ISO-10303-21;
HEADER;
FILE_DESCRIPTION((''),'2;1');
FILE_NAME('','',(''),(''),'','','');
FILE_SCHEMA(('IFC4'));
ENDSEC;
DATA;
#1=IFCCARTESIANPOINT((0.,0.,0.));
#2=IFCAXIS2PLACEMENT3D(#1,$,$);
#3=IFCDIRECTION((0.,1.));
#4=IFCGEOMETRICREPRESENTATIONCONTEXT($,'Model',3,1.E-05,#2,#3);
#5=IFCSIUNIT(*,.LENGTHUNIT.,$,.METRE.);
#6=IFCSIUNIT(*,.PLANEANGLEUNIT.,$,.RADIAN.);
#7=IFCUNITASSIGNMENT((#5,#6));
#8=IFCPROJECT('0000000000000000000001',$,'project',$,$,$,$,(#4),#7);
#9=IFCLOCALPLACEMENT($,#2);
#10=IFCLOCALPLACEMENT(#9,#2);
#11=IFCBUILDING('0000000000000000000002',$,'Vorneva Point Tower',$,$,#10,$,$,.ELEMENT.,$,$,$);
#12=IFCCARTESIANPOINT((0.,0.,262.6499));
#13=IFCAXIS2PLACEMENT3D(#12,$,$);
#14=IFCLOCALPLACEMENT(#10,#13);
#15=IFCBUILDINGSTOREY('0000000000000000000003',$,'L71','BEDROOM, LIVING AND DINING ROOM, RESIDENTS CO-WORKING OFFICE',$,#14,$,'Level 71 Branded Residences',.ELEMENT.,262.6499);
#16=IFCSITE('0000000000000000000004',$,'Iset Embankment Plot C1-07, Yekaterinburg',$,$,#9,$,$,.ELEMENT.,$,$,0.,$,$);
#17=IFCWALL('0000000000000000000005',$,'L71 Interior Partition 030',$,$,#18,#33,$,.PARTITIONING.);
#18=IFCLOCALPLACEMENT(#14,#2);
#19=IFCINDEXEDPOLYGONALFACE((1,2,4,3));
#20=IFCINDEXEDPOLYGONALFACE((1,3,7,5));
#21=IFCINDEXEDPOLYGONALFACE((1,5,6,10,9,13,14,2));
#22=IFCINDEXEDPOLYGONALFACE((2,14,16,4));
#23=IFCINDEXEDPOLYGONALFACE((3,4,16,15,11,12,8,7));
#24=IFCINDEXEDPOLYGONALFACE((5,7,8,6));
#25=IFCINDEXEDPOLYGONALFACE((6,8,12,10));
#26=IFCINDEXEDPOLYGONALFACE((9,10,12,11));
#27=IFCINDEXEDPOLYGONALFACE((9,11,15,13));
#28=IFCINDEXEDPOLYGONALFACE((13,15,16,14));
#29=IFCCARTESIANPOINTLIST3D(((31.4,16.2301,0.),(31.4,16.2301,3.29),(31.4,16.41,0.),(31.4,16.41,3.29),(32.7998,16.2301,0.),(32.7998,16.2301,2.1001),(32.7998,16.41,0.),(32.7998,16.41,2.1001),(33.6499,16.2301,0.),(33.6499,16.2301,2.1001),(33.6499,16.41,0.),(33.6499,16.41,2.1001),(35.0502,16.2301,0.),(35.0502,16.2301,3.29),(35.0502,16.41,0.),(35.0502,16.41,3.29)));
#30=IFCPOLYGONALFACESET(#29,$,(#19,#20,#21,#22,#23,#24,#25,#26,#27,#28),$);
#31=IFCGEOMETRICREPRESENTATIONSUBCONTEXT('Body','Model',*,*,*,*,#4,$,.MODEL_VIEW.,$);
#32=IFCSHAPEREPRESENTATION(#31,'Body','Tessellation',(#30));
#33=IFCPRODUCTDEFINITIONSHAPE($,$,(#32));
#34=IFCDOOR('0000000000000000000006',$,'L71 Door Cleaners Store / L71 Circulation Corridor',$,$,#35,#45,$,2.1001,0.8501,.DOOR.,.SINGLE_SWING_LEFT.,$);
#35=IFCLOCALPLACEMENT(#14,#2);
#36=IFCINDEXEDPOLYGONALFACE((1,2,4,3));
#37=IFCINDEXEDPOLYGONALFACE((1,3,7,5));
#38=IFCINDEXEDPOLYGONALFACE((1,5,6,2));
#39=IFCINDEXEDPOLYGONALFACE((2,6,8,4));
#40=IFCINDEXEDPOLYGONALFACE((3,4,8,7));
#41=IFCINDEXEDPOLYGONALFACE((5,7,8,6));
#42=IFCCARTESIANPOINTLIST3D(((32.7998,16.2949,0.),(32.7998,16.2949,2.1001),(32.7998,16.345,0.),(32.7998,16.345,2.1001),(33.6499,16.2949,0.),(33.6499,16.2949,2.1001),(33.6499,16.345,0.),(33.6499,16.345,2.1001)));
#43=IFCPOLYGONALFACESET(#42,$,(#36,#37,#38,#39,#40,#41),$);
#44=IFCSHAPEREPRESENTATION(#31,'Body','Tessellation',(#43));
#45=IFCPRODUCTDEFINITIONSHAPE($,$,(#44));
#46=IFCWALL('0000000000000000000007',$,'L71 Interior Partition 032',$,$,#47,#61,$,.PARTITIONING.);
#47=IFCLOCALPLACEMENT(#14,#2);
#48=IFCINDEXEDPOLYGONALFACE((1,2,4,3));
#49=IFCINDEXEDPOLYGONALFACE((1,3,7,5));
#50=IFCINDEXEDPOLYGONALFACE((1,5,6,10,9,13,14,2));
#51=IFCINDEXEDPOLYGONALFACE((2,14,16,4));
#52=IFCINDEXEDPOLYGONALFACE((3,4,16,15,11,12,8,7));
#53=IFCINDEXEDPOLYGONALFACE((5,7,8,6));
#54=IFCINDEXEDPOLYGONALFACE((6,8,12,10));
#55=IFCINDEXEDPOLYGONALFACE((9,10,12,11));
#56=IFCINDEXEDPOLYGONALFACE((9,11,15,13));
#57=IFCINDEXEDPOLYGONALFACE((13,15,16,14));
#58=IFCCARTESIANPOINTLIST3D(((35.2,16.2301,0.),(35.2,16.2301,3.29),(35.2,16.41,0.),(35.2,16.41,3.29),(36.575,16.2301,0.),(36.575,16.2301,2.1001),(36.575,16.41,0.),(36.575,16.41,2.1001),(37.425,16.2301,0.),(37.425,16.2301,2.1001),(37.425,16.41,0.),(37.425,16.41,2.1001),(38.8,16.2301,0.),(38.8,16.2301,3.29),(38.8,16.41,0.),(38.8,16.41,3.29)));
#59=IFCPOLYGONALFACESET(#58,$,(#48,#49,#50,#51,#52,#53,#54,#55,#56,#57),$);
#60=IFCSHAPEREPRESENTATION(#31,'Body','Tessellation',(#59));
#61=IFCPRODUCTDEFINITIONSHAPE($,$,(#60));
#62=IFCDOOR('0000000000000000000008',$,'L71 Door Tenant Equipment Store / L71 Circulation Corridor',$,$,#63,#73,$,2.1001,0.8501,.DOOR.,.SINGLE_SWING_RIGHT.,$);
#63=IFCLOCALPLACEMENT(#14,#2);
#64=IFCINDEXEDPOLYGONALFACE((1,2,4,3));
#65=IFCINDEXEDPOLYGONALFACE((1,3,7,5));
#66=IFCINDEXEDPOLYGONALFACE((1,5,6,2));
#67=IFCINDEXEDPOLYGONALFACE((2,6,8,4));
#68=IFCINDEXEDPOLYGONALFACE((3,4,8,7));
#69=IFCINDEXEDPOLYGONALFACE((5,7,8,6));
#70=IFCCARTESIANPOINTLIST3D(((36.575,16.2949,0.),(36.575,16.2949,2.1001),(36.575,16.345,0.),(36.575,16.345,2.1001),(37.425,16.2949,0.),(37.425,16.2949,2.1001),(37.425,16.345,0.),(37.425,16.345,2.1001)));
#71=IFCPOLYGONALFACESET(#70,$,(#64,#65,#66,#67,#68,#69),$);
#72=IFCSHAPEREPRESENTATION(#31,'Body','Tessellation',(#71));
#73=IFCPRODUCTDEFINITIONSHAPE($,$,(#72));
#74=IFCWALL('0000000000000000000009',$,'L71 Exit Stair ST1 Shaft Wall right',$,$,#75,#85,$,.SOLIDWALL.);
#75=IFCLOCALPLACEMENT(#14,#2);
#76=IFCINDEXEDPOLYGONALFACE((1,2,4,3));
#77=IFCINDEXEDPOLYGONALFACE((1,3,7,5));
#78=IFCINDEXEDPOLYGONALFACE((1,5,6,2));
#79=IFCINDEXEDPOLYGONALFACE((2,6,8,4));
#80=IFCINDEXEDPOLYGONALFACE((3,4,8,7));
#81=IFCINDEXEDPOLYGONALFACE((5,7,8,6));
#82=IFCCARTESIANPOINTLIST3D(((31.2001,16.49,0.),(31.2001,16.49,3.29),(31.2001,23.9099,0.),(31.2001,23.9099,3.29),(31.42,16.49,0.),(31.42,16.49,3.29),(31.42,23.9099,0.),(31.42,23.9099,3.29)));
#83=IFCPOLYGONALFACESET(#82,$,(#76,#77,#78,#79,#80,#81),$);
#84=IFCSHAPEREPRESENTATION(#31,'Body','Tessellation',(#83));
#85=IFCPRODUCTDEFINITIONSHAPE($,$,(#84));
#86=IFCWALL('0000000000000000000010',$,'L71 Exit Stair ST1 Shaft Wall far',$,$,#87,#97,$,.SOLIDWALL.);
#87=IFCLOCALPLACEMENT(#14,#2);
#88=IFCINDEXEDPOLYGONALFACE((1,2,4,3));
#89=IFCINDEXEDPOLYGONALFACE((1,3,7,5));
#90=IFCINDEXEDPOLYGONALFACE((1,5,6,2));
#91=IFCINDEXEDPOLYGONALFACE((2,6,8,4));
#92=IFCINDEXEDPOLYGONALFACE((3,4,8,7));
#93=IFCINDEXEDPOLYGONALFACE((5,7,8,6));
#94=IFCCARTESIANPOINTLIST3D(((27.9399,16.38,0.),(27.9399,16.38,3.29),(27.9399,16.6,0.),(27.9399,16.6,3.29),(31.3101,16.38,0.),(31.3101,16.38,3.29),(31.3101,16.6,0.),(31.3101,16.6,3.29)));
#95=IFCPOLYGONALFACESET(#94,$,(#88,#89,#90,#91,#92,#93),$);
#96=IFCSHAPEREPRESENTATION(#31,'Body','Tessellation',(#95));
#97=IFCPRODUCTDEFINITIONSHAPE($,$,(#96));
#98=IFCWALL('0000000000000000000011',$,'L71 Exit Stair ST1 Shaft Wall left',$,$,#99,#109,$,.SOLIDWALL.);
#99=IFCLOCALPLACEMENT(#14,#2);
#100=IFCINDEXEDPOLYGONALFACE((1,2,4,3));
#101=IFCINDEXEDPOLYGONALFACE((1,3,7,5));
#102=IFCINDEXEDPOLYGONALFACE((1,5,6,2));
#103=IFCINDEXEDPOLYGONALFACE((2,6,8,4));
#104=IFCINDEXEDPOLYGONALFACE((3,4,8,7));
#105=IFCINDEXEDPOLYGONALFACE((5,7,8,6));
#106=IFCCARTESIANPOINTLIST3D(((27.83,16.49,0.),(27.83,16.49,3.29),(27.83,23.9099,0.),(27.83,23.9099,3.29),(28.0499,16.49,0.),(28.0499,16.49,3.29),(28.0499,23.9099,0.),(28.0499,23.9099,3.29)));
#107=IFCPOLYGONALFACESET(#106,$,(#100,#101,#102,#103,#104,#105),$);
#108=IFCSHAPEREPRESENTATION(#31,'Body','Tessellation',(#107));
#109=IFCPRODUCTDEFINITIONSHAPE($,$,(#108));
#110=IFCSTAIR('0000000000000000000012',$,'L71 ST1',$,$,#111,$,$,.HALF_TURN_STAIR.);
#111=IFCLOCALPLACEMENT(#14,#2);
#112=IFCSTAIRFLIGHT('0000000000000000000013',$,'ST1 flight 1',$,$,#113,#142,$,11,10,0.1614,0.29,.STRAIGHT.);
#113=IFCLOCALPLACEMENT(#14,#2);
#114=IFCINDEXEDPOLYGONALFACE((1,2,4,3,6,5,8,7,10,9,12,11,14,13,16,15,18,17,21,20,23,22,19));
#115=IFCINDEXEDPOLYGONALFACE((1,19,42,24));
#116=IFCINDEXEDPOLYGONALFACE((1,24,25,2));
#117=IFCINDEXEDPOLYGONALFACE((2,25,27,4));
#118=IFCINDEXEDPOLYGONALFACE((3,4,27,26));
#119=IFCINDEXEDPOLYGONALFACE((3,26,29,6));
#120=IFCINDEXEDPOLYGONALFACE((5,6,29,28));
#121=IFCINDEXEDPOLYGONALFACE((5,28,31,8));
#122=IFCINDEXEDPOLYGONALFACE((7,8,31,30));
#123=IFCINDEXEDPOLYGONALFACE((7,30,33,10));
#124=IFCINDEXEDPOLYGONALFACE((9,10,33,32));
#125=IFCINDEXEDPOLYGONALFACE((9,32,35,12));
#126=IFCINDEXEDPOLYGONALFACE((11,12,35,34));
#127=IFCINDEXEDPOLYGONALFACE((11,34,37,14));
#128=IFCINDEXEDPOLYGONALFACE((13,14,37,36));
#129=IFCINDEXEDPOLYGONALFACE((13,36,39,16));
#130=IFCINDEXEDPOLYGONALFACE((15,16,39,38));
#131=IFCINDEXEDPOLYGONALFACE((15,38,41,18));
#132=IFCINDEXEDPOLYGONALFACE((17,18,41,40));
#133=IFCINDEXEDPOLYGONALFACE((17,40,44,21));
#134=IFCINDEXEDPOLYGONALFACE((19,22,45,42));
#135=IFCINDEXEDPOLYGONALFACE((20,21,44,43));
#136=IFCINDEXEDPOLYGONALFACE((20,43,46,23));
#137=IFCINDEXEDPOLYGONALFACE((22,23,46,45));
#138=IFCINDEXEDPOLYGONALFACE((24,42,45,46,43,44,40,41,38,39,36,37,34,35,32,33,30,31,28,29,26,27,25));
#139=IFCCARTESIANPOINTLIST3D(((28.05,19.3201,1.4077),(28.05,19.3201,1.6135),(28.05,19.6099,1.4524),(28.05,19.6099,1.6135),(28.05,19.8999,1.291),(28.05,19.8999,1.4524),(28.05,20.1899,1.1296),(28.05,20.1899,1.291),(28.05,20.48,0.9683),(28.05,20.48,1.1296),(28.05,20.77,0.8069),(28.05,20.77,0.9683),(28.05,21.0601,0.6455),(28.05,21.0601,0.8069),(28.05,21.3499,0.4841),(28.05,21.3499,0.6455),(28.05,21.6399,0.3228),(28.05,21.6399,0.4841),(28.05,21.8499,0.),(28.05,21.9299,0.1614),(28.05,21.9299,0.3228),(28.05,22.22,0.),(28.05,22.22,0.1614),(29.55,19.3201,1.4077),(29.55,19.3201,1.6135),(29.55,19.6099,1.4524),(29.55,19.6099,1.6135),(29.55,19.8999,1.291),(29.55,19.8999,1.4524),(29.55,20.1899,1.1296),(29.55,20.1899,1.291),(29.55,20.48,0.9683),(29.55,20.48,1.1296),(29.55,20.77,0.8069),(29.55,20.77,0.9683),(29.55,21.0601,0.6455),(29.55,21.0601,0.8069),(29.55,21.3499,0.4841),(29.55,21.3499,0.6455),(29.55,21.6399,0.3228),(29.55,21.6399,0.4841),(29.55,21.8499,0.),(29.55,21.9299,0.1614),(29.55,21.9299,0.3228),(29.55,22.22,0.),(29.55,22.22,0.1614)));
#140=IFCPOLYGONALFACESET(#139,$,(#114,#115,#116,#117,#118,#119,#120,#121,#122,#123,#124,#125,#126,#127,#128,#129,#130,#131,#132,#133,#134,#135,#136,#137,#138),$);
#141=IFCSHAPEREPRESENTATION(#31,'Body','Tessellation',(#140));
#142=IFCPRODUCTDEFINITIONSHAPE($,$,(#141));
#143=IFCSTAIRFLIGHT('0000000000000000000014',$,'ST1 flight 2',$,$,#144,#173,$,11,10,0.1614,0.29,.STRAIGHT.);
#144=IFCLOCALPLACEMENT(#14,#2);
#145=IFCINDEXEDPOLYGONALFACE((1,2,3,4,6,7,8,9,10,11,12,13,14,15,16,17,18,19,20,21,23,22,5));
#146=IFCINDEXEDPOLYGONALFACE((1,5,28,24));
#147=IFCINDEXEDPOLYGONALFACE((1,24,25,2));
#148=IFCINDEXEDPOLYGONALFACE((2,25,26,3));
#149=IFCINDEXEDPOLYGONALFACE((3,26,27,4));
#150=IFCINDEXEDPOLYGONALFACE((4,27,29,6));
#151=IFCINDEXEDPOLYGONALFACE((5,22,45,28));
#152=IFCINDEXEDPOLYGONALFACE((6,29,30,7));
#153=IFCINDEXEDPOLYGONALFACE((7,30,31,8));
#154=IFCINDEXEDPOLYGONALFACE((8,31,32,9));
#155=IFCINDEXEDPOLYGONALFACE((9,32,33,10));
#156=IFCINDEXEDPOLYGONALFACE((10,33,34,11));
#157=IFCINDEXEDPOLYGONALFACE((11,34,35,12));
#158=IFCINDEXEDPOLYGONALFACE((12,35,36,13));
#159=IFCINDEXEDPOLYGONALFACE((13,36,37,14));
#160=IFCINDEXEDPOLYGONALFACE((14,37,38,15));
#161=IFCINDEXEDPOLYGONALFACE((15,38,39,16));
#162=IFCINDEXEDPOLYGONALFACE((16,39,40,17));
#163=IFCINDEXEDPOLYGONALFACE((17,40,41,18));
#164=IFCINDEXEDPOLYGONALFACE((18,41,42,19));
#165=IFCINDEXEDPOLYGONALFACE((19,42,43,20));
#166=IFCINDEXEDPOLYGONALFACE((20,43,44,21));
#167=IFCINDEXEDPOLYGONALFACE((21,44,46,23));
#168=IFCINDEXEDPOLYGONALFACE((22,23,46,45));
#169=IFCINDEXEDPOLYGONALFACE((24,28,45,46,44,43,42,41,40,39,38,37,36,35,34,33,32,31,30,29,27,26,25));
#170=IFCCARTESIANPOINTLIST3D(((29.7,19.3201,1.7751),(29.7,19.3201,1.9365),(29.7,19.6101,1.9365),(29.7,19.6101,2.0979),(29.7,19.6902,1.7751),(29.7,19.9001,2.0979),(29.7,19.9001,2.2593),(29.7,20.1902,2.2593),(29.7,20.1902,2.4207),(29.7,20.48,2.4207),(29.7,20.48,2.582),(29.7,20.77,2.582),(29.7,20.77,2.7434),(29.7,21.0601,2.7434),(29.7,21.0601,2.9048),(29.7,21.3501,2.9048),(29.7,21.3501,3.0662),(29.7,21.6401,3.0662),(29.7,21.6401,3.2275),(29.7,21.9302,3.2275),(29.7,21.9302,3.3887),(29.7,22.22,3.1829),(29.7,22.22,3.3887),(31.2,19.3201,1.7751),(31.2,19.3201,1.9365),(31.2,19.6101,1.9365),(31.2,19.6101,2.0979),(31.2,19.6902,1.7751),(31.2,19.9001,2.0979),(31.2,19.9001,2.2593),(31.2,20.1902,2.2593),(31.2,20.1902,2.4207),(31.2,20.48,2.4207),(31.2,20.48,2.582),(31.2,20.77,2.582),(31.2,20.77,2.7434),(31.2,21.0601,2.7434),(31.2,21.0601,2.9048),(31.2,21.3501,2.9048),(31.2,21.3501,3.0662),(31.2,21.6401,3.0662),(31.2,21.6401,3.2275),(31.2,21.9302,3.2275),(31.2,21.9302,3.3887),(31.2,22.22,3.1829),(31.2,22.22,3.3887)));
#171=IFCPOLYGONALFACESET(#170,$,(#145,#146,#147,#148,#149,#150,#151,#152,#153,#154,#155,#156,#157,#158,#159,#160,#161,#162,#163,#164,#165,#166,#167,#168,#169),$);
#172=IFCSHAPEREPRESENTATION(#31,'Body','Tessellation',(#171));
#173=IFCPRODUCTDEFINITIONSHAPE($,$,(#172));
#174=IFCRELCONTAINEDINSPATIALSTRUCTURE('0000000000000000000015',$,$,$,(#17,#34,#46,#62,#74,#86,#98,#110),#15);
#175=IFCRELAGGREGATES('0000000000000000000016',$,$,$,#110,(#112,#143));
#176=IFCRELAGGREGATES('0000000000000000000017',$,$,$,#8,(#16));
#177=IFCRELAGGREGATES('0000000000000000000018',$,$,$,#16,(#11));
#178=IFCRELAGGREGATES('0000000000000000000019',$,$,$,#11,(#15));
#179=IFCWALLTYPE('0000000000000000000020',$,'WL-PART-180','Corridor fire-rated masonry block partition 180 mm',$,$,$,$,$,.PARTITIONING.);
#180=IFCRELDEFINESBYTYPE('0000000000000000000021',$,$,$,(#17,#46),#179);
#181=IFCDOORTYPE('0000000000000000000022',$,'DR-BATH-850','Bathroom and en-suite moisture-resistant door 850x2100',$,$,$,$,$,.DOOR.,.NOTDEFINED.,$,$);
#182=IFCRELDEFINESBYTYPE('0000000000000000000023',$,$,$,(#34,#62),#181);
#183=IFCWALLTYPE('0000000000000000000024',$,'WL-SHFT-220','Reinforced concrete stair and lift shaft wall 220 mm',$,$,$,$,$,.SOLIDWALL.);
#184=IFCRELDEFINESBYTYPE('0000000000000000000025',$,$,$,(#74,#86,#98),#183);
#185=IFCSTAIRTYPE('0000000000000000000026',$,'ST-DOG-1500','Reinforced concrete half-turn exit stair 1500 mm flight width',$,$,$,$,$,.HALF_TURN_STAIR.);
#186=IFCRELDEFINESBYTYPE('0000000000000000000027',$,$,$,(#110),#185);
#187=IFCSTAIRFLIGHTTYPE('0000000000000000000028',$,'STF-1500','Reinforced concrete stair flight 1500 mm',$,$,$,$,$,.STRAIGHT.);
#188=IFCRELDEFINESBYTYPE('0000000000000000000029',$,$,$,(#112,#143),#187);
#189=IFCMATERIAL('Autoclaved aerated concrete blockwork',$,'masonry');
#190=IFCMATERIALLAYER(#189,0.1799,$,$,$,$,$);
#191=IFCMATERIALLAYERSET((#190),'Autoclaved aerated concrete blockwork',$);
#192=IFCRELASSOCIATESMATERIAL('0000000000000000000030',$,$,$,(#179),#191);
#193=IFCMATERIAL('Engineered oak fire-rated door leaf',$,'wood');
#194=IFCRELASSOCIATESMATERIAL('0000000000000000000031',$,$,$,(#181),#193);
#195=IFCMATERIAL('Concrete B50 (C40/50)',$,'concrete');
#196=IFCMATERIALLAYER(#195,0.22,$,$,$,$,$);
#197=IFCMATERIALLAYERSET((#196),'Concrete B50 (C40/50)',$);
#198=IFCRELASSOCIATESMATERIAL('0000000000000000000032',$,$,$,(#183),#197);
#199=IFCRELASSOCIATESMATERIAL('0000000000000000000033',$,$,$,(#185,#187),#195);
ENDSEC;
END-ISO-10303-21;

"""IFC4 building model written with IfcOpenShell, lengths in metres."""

from ifc_helpers import new_model, si_unit, direction, frame, frame_2d, origin, place, context, subcontext, project, spatial, polyline, rectangle, outline, extrude, material, layer, layer_set, type_object, element, fill, aggregate, save


model = new_model("IFC4")

# Units and contexts
model_context = context("Model", 3, precision=1e-05, world=origin(), true_north=direction((0.0, 1.0)))
body_context = subcontext(model_context, "Body", "Model", "MODEL_VIEW")
ifc_project = project(units=[si_unit("LENGTHUNIT", "METRE"), si_unit("PLANEANGLEUNIT", "RADIAN")], contexts=[model_context])

# Site, building, storey
site_placement = place(None, origin())
site = spatial("IfcSite", under=ifc_project, at=site_placement, Name="Iset Embankment Plot C1-07, Yekaterinburg", CompositionType="ELEMENT", RefElevation=0.0)
building_placement = place(site_placement, origin())
building = spatial("IfcBuilding", under=site, at=building_placement, Name="Vorneva Point Tower", CompositionType="ELEMENT")
storey_placement = place(building_placement, frame((0.0, 0.0, 262.6499)))
storey = spatial("IfcBuildingStorey", under=building, at=storey_placement, Name="L71", Description="BEDROOM, LIVING AND DINING ROOM, RESIDENTS CO-WORKING OFFICE", LongName="Level 71 Branded Residences", CompositionType="ELEMENT", Elevation=262.6499)

# Shared definitions
ifc_material_1 = material(Name="Concrete B50 (C40/50)", Category="concrete")

# Walls, openings, doors
ifc_material_2 = material(Name="Autoclaved aerated concrete blockwork", Category="masonry")
ifc_layer_1 = layer(ifc_material_2, 0.1799)
ifc_layer_set_1 = layer_set([ifc_layer_1], Name="Autoclaved aerated concrete blockwork")
wall_type_1 = type_object("IfcWallType", Name="WL-PART-180", Description="Corridor fire-rated masonry block partition 180 mm", PredefinedType="PARTITIONING", material=ifc_layer_set_1)
ifc_material_3 = material(Name="Engineered oak fire-rated door leaf", Category="wood")
door_type_1 = type_object("IfcDoorType", Name="DR-BATH-850", Description="Bathroom and en-suite moisture-resistant door 850x2100", OperationType="NOTDEFINED", PredefinedType="DOOR", material=ifc_material_3)
wall_1_placement = place(storey_placement, frame((31.3999, 16.3201, 0.0), z_axis=(0.0, 0.0, 1.0), x_axis=(1.0, 0.0, 0.0)))
wall_1 = element("IfcWall", 1, at=wall_1_placement, inside=storey, type_object=wall_type_1, Name="L71 Interior Partition 030", PredefinedType="PARTITIONING", context=body_context, shape_type="SweptSolid", body=[
    extrude(rectangle(XDim=3.6501, YDim=0.1799, at=frame_2d((1.8252, 0.0))), origin(), (0.0, 0.0, 1.0), 3.29),
])
opening_1_placement = place(wall_1_placement, frame((1.3999, 0.0, 0.0)))
opening_1 = element("IfcOpeningElement", 2, at=opening_1_placement, cuts=wall_1, PredefinedType="OPENING", context=body_context, shape_type="SweptSolid", body=[
    extrude(rectangle(XDim=0.8501, YDim=2.1001, at=frame_2d((0.425, 1.05))), frame((0.0, 0.105, 0.0), z_axis=(0.0, -1.0, 0.0), x_axis=(1.0, 0.0, 0.0)), (0.0, 0.0, 1.0), 0.2097),
])
door_1_placement = place(opening_1_placement, origin())
door_1 = element("IfcDoor", 3, at=door_1_placement, inside=storey, type_object=door_type_1, Name="L71 Door Cleaners Store / L71 Circulation Corridor", OperationType="SINGLE_SWING_LEFT", OverallHeight=2.1001, OverallWidth=0.8501, PredefinedType="DOOR", context=body_context, shape_type="SweptSolid", body=[
    extrude(rectangle(XDim=0.8501, YDim=2.1001, at=frame_2d((0.425, 1.05))), frame((0.0, 0.0249, 0.0), z_axis=(0.0, -1.0, 0.0), x_axis=(1.0, 0.0, 0.0)), (0.0, 0.0, 1.0), 0.05),
])
fill(opening_1, door_1)
wall_2_placement = place(storey_placement, frame((35.2, 16.3201, 0.0), z_axis=(0.0, 0.0, 1.0), x_axis=(1.0, 0.0, 0.0)))
wall_2 = element("IfcWall", 4, at=wall_2_placement, inside=storey, type_object=wall_type_1, Name="L71 Interior Partition 032", PredefinedType="PARTITIONING", context=body_context, shape_type="SweptSolid", body=[
    extrude(rectangle(XDim=3.6001, YDim=0.1799, at=frame_2d((1.8, 0.0))), origin(), (0.0, 0.0, 1.0), 3.29),
])
opening_2_placement = place(wall_2_placement, frame((1.375, 0.0, 0.0)))
opening_2 = element("IfcOpeningElement", 5, at=opening_2_placement, cuts=wall_2, PredefinedType="OPENING", context=body_context, shape_type="SweptSolid", body=[
    extrude(rectangle(XDim=0.8501, YDim=2.1001, at=frame_2d((0.425, 1.05))), frame((0.0, 0.105, 0.0), z_axis=(0.0, -1.0, 0.0), x_axis=(1.0, 0.0, 0.0)), (0.0, 0.0, 1.0), 0.2097),
])
door_2_placement = place(opening_2_placement, origin())
door_2 = element("IfcDoor", 6, at=door_2_placement, inside=storey, type_object=door_type_1, Name="L71 Door Tenant Equipment Store / L71 Circulation Corridor", OperationType="SINGLE_SWING_RIGHT", OverallHeight=2.1001, OverallWidth=0.8501, PredefinedType="DOOR", context=body_context, shape_type="SweptSolid", body=[
    extrude(rectangle(XDim=0.8501, YDim=2.1001, at=frame_2d((0.425, 1.05))), frame((0.0, 0.0249, 0.0), z_axis=(0.0, -1.0, 0.0), x_axis=(1.0, 0.0, 0.0)), (0.0, 0.0, 1.0), 0.05),
])
fill(opening_2, door_2)
ifc_layer_2 = layer(ifc_material_1, 0.22)
ifc_layer_set_2 = layer_set([ifc_layer_2], Name="Concrete B50 (C40/50)")
wall_type_2 = type_object("IfcWallType", Name="WL-SHFT-220", Description="Reinforced concrete stair and lift shaft wall 220 mm", PredefinedType="SOLIDWALL", material=ifc_layer_set_2)

# Walls
wall_3_placement = place(storey_placement, frame((31.3101, 23.9099, 0.0), z_axis=(0.0, 0.0, 1.0), x_axis=(0.0, -1.0, 0.0)))
element("IfcWall", 7, at=wall_3_placement, inside=storey, type_object=wall_type_2, Name="L71 Exit Stair ST1 Shaft Wall right", PredefinedType="SOLIDWALL", context=body_context, shape_type="SweptSolid", body=[
    extrude(rectangle(XDim=7.4199, YDim=0.22, at=frame_2d((3.71, 0.0))), origin(), (0.0, 0.0, 1.0), 3.29),
])
wall_4_placement = place(storey_placement, frame((31.3101, 16.49, 0.0), z_axis=(0.0, 0.0, 1.0), x_axis=(-1.0, 0.0, 0.0)))
element("IfcWall", 8, at=wall_4_placement, inside=storey, type_object=wall_type_2, Name="L71 Exit Stair ST1 Shaft Wall far", PredefinedType="SOLIDWALL", context=body_context, shape_type="SweptSolid", body=[
    extrude(rectangle(XDim=3.3701, YDim=0.22, at=frame_2d((1.6851, 0.0))), origin(), (0.0, 0.0, 1.0), 3.29),
])
wall_5_placement = place(storey_placement, frame((27.9399, 16.49, 0.0), z_axis=(0.0, 0.0, 1.0), x_axis=(0.0, 1.0, 0.0)))
element("IfcWall", 9, at=wall_5_placement, inside=storey, type_object=wall_type_2, Name="L71 Exit Stair ST1 Shaft Wall left", PredefinedType="SOLIDWALL", context=body_context, shape_type="SweptSolid", body=[
    extrude(rectangle(XDim=7.4199, YDim=0.22, at=frame_2d((3.71, 0.0))), origin(), (0.0, 0.0, 1.0), 3.29),
])

# Stair, stair flights
stair_type = type_object("IfcStairType", Name="ST-DOG-1500", Description="Reinforced concrete half-turn exit stair 1500 mm flight width", PredefinedType="HALF_TURN_STAIR", material=ifc_material_1)
stair_placement = place(storey_placement, origin())
stair = element("IfcStair", 10, at=stair_placement, inside=storey, type_object=stair_type, Name="L71 ST1", PredefinedType="HALF_TURN_STAIR")
stair_flight_type = type_object("IfcStairFlightType", Name="STF-1500", Description="Reinforced concrete stair flight 1500 mm", PredefinedType="STRAIGHT", material=ifc_material_1)
stair_flight_1_placement = place(storey_placement, frame((28.8, 22.22, 0.0), z_axis=(0.0, 0.0, 1.0), x_axis=(0.0, -1.0, 0.0)))
stair_flight_1 = element("IfcStairFlight", 11, at=stair_flight_1_placement, type_object=stair_flight_type, Name="ST1 flight 1", NumberOfRisers=11, NumberOfTreads=10, PredefinedType="STRAIGHT", RiserHeight=0.1614, TreadLength=0.29, context=body_context, shape_type="SweptSolid", body=[
    extrude(outline(polyline([(0.0, 0.0), (0.0, 0.1614), (0.29, 0.1614), (0.29, 0.3228), (0.5801, 0.3228), (0.5801, 0.4841), (0.8701, 0.4841), (0.8701, 0.6455), (1.1599, 0.6455), (1.1599, 0.8069), (1.45, 0.8069), (1.45, 0.9683), (1.74, 0.9683), (1.74, 1.1296), (2.03, 1.1296), (2.03, 1.291), (2.3201, 1.291), (2.3201, 1.4524), (2.6101, 1.4524), (2.6101, 1.6135), (2.8999, 1.6135), (2.8999, 1.7749), (2.8999, 1.4077), (0.3701, 0.0), (0.0, 0.0)])), frame((0.0, 0.75, 0.0), z_axis=(0.0, -1.0, 0.0), x_axis=(1.0, 0.0, 0.0)), (0.0, 0.0, 1.0), 1.5),
])
stair_flight_2_placement = place(storey_placement, frame((30.45, 19.3201, 1.7751), z_axis=(0.0, 0.0, 1.0), x_axis=(0.0, 1.0, 0.0)))
stair_flight_2 = element("IfcStairFlight", 12, at=stair_flight_2_placement, type_object=stair_flight_type, Name="ST1 flight 2", NumberOfRisers=11, NumberOfTreads=10, PredefinedType="STRAIGHT", RiserHeight=0.1614, TreadLength=0.29, context=body_context, shape_type="SweptSolid", body=[
    extrude(outline(polyline([(0.0, 0.0), (0.0, 0.1614), (0.29, 0.1614), (0.29, 0.3228), (0.5801, 0.3228), (0.5801, 0.4841), (0.8701, 0.4841), (0.8701, 0.6455), (1.1599, 0.6455), (1.1599, 0.8069), (1.45, 0.8069), (1.45, 0.9683), (1.74, 0.9683), (1.74, 1.1296), (2.03, 1.1296), (2.03, 1.291), (2.3201, 1.291), (2.3201, 1.4524), (2.6101, 1.4524), (2.6101, 1.6135), (2.8999, 1.6135), (2.8999, 1.7749), (2.8999, 1.4077), (0.3701, 0.0), (0.0, 0.0)])), frame((0.0, 0.75, 0.0), z_axis=(0.0, -1.0, 0.0), x_axis=(1.0, 0.0, 0.0)), (0.0, 0.0, 1.0), 1.5),
])
aggregate(stair, [stair_flight_1, stair_flight_2])

save(model, "model.ifc")
